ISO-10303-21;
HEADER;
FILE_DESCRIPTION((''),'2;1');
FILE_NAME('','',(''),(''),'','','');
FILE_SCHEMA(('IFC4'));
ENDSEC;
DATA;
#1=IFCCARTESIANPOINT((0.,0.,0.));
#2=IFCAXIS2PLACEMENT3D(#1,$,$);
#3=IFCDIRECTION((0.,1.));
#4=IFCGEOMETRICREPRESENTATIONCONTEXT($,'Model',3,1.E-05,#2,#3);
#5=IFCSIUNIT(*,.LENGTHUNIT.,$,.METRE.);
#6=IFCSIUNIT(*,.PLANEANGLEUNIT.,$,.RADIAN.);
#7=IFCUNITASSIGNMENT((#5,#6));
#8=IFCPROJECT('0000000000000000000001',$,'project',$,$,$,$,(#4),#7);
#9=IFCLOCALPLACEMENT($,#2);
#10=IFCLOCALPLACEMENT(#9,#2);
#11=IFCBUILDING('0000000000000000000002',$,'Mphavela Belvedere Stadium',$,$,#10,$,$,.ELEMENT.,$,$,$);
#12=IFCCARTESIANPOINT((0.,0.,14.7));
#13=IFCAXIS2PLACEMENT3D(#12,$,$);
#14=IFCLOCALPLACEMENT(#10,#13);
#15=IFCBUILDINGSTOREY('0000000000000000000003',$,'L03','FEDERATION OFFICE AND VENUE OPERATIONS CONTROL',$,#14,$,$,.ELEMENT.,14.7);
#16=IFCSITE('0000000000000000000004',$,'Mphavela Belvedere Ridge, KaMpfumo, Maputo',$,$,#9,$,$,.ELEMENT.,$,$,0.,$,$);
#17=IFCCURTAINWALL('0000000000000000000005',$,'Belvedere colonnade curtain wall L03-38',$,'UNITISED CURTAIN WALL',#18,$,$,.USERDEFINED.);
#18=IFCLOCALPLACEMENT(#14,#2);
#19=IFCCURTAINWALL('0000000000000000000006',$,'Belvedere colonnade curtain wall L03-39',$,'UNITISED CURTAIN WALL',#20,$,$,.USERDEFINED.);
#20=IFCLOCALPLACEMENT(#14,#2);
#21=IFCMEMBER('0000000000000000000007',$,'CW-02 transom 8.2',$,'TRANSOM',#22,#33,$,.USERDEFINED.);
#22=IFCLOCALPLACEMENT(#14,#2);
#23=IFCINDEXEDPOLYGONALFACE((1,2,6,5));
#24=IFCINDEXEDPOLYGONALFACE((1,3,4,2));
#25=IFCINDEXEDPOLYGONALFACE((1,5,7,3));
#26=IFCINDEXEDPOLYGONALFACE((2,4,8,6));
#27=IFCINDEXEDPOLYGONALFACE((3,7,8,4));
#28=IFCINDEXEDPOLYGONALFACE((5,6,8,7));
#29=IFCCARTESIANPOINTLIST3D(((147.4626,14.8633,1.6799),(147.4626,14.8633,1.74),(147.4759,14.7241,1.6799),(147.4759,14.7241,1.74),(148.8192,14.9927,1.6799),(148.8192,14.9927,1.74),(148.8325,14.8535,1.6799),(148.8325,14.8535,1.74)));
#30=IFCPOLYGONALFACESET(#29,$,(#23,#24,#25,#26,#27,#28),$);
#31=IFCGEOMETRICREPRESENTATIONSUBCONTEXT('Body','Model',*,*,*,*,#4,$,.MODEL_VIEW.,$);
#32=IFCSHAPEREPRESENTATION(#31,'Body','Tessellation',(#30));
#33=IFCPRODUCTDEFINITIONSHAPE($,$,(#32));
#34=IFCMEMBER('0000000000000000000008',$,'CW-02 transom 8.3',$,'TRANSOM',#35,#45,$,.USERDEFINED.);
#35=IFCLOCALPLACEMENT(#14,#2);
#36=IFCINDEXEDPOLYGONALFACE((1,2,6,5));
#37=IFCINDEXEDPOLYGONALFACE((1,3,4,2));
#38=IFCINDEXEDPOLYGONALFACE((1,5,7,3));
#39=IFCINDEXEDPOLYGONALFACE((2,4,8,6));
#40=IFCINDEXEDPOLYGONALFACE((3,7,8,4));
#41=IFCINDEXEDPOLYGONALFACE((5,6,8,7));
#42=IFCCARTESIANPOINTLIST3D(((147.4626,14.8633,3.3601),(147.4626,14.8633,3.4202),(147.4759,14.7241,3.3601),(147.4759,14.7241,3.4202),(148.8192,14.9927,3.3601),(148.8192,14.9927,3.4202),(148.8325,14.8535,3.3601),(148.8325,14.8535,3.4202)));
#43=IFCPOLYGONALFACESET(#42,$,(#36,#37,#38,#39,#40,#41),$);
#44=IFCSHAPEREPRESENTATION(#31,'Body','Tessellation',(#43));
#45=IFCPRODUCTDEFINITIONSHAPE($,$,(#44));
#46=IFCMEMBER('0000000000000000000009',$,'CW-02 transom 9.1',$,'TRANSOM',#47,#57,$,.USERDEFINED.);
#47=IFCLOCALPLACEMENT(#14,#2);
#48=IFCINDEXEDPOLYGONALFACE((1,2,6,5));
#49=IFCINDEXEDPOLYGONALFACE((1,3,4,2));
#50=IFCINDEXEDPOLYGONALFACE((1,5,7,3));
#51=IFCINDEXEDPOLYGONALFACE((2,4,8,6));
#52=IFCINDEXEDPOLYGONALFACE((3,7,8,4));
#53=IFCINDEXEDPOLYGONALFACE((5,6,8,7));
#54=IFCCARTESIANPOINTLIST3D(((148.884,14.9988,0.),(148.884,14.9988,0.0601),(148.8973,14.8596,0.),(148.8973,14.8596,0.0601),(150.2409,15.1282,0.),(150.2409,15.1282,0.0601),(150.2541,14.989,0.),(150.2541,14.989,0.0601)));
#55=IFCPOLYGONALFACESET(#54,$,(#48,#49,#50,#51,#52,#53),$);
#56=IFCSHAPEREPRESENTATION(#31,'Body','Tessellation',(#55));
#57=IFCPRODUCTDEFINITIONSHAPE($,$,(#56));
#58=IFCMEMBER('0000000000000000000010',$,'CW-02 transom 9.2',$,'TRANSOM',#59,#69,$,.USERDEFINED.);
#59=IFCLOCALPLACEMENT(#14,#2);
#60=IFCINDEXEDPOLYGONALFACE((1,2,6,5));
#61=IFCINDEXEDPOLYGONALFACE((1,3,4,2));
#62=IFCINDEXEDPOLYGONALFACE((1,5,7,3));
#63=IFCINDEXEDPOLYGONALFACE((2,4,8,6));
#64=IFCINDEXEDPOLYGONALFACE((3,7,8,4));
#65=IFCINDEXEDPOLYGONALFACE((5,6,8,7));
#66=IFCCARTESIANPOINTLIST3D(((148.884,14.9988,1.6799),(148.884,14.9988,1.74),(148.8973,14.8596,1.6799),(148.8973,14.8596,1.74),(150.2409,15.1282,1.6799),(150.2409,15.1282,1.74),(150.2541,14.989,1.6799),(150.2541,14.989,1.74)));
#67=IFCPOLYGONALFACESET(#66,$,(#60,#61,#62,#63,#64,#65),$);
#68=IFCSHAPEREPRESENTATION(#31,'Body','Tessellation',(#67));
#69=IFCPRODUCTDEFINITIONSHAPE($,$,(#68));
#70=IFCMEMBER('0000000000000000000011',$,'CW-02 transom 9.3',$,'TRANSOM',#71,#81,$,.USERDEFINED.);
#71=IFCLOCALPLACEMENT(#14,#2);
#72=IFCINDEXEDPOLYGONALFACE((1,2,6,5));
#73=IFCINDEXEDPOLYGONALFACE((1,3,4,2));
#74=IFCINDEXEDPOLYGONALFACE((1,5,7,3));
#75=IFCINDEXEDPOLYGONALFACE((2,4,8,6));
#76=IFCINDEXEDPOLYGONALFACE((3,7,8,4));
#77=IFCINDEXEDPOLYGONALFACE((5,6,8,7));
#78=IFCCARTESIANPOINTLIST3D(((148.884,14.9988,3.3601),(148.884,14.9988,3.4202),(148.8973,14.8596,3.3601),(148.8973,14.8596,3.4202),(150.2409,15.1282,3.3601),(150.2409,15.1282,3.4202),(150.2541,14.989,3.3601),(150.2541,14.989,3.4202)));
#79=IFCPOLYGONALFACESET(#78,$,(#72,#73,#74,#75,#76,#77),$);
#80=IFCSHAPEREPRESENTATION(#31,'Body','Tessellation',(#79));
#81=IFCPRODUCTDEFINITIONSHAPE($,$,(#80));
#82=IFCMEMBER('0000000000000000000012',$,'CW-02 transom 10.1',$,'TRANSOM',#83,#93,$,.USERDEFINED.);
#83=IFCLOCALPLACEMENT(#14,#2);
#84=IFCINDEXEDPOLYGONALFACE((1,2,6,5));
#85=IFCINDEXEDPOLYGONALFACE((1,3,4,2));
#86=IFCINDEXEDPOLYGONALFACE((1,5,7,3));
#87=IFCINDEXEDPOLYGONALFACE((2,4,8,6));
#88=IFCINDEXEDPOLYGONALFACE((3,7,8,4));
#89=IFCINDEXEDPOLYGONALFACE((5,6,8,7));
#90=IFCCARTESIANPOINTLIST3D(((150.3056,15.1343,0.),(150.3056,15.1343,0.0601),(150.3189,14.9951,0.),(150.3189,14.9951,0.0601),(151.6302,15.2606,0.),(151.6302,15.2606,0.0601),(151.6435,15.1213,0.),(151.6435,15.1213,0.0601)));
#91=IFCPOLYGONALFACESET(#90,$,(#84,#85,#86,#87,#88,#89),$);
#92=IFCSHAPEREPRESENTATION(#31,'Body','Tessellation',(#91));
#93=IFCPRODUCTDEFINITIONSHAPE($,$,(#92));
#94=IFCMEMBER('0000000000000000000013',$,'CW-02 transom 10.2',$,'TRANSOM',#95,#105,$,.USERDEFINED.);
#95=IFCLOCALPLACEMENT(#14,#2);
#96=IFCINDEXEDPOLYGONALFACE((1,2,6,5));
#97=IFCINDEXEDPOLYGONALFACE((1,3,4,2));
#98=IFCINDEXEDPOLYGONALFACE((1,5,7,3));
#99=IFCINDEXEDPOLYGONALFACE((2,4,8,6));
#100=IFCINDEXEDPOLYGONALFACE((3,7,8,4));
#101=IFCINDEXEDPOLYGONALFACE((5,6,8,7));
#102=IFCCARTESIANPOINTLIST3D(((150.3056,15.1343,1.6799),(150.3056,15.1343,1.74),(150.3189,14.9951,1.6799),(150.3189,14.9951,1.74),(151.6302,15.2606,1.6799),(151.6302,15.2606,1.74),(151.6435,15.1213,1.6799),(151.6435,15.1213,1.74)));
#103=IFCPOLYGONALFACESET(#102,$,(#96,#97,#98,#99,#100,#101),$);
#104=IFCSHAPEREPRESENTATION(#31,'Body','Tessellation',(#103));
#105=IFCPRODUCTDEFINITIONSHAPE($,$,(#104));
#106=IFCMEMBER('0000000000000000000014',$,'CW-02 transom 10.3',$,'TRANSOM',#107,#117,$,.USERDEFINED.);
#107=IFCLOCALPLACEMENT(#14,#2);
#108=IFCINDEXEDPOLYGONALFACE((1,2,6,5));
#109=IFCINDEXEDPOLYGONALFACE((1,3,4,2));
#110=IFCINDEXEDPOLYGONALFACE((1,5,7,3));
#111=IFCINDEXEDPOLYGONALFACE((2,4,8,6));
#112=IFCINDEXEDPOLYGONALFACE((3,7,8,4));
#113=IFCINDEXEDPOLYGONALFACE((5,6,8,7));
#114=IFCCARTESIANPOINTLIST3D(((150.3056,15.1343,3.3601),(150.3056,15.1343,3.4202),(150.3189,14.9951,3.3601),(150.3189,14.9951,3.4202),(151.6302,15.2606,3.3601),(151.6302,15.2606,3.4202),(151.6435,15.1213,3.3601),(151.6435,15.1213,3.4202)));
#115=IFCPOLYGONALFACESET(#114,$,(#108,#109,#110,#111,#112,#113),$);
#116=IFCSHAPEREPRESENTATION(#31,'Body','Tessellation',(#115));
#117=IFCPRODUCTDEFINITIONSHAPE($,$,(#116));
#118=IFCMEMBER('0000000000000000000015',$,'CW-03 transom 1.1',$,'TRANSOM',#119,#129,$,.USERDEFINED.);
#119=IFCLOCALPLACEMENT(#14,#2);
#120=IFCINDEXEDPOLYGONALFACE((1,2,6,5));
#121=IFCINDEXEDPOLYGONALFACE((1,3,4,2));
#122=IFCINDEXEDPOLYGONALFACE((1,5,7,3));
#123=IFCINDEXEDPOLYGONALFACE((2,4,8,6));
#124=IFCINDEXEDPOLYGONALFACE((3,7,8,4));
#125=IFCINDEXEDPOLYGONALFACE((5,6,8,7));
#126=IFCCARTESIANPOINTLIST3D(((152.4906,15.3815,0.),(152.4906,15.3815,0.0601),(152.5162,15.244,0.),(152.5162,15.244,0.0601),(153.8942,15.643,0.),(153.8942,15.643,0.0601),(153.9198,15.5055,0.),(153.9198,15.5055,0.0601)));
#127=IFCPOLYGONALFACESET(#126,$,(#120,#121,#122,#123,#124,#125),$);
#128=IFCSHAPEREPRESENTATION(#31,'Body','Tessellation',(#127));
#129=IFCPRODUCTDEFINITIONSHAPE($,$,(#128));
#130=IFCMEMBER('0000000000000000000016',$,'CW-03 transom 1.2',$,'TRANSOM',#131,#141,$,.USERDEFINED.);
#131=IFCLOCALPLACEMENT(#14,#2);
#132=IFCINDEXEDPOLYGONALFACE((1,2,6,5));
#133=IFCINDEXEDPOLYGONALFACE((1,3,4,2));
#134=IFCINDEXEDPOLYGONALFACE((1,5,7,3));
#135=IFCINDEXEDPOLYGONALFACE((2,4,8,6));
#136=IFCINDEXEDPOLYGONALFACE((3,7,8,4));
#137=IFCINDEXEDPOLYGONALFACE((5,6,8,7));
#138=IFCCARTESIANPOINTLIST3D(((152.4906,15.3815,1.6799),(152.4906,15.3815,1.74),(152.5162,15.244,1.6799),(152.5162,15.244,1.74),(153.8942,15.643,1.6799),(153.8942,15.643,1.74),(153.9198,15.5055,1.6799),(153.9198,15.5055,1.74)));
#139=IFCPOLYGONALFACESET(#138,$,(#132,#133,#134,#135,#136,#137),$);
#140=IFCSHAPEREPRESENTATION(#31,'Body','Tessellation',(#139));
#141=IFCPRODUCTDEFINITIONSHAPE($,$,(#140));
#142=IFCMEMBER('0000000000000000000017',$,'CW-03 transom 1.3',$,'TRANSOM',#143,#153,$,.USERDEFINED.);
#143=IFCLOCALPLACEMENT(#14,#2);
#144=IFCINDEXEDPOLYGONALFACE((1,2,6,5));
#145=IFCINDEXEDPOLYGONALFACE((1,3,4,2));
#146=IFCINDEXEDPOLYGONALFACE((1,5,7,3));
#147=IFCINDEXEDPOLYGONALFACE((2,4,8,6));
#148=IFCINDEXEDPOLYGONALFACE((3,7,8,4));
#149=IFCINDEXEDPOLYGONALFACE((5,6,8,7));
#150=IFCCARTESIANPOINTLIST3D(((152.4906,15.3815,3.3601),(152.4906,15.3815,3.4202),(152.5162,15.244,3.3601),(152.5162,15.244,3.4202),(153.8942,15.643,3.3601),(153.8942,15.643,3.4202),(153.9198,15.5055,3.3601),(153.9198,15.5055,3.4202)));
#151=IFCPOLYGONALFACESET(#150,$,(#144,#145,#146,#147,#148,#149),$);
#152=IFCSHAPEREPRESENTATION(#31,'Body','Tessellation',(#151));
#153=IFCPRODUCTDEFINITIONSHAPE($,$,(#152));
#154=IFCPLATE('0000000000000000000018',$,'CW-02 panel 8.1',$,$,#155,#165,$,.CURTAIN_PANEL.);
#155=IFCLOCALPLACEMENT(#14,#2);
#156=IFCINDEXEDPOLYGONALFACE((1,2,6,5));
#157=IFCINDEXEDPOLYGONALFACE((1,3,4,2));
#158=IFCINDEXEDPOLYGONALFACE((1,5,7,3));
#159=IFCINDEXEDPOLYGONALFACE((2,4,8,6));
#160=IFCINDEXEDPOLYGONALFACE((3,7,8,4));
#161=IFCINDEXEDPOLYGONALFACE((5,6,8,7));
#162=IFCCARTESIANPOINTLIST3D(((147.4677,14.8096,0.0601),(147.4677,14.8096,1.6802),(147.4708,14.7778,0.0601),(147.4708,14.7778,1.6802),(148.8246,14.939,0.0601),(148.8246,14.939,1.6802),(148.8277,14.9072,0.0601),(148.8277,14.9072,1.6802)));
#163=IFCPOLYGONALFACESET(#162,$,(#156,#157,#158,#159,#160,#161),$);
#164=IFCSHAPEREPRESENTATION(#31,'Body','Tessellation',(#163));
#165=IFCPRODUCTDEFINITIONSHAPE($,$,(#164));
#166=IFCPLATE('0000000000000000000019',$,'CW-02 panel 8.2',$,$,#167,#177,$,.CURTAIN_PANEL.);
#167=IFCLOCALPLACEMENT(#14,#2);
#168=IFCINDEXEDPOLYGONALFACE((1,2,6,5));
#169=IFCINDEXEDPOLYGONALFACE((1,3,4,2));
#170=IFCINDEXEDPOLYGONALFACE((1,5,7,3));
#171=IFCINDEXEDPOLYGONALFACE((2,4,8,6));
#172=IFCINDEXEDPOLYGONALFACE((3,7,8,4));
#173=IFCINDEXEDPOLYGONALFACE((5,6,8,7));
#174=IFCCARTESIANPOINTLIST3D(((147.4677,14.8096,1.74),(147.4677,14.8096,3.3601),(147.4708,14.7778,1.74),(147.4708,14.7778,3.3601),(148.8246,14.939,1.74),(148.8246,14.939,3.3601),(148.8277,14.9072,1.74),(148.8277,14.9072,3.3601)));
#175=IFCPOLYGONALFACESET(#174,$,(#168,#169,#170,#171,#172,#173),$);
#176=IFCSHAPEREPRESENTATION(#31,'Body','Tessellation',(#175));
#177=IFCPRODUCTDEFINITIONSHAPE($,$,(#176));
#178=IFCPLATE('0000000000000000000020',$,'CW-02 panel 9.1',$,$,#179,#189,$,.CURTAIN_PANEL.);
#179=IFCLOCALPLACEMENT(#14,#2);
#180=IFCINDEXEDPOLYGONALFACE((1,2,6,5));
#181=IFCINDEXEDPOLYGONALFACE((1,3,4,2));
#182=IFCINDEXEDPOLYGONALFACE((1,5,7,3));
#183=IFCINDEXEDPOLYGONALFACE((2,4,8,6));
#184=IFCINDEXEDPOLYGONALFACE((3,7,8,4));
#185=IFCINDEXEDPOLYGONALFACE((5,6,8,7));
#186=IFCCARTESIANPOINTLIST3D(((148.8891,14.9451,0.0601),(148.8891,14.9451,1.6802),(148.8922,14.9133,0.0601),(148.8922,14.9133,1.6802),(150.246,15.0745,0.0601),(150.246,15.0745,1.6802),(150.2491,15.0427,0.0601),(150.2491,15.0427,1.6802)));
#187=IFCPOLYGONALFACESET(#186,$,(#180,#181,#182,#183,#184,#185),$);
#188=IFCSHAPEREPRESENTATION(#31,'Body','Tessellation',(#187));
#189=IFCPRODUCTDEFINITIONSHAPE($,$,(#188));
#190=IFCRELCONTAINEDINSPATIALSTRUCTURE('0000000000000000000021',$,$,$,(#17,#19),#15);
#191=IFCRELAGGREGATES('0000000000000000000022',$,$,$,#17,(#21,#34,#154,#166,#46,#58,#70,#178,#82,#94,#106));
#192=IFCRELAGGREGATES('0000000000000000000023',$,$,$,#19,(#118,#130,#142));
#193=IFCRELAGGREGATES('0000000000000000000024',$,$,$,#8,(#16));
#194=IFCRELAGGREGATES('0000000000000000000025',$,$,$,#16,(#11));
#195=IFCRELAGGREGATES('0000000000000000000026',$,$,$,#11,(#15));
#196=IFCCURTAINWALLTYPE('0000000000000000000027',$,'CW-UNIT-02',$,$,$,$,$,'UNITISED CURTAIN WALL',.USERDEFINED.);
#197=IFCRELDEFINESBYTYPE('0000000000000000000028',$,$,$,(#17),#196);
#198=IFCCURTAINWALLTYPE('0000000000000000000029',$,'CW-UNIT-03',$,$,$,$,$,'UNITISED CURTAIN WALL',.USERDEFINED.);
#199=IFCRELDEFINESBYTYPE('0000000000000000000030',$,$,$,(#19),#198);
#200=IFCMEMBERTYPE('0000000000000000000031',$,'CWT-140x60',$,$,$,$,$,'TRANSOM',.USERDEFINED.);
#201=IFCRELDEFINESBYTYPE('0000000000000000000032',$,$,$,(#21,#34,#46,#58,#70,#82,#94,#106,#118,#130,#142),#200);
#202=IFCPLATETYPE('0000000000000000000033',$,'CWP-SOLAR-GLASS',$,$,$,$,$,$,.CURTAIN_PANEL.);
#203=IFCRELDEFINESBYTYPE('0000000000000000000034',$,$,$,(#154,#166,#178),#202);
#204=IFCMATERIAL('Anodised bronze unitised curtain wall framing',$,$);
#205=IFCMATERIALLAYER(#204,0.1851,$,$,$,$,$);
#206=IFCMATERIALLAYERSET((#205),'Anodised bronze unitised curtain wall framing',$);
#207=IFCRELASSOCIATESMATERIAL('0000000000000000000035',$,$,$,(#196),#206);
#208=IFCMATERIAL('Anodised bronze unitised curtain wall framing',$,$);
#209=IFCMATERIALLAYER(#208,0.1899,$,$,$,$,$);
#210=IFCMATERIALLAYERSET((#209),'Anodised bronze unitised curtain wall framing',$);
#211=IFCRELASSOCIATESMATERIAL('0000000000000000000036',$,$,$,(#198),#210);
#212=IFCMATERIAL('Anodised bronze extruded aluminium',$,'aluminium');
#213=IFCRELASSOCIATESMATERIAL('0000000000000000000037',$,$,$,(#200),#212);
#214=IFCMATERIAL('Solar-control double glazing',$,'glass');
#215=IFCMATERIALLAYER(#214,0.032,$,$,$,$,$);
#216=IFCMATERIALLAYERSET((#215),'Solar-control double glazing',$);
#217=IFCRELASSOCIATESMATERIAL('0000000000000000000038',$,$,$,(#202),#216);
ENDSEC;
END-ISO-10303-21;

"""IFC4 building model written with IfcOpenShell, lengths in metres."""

from ifc_helpers import new_model, si_unit, direction, frame, origin, origin_2d, place, context, subcontext, project, spatial, rectangle, extrude, material, layer, layer_set, material_profile, profile_set, type_object, element, aggregate, save


model = new_model("IFC4")

# Units and contexts
model_context = context("Model", 3, precision=1e-05, world=origin(), true_north=direction((0.0, 1.0)))
body_context = subcontext(model_context, "Body", "Model", "MODEL_VIEW")
ifc_project = project(units=[si_unit("LENGTHUNIT", "METRE"), si_unit("PLANEANGLEUNIT", "RADIAN")], contexts=[model_context])

# Site, building, storey
site_placement = place(None, origin())
site = spatial("IfcSite", under=ifc_project, at=site_placement, Name="Mphavela Belvedere Ridge, KaMpfumo, Maputo", CompositionType="ELEMENT", RefElevation=0.0)
building_placement = place(site_placement, origin())
building = spatial("IfcBuilding", under=site, at=building_placement, Name="Mphavela Belvedere Stadium", CompositionType="ELEMENT")
storey_placement = place(building_placement, frame((0.0, 0.0, 14.7)))
storey = spatial("IfcBuildingStorey", under=building, at=storey_placement, Name="L03", Description="FEDERATION OFFICE AND VENUE OPERATIONS CONTROL", CompositionType="ELEMENT", Elevation=14.7)

# Curtain walls
ifc_material_1 = material(Name="Anodised bronze unitised curtain wall framing")
ifc_layer_1 = layer(ifc_material_1, 0.1851)
ifc_layer_set_1 = layer_set([ifc_layer_1], Name="Anodised bronze unitised curtain wall framing")
curtain_wall_type_1 = type_object("IfcCurtainWallType", Name="CW-UNIT-02", ElementType="UNITISED CURTAIN WALL", PredefinedType="USERDEFINED", material=ifc_layer_set_1)
curtain_wall_1_placement = place(storey_placement, origin())
curtain_wall_1 = element("IfcCurtainWall", 1, at=curtain_wall_1_placement, inside=storey, type_object=curtain_wall_type_1, Name="Belvedere colonnade curtain wall L03-38", ObjectType="UNITISED CURTAIN WALL", PredefinedType="USERDEFINED")
ifc_material_2 = material(Name="Anodised bronze unitised curtain wall framing")
ifc_layer_2 = layer(ifc_material_2, 0.1899)
ifc_layer_set_2 = layer_set([ifc_layer_2], Name="Anodised bronze unitised curtain wall framing")
curtain_wall_type_2 = type_object("IfcCurtainWallType", Name="CW-UNIT-03", ElementType="UNITISED CURTAIN WALL", PredefinedType="USERDEFINED", material=ifc_layer_set_2)
curtain_wall_2_placement = place(storey_placement, origin())
curtain_wall_2 = element("IfcCurtainWall", 2, at=curtain_wall_2_placement, inside=storey, type_object=curtain_wall_type_2, Name="Belvedere colonnade curtain wall L03-39", ObjectType="UNITISED CURTAIN WALL", PredefinedType="USERDEFINED")

# Members
ifc_material_3 = material(Name="Anodised bronze extruded aluminium", Category="aluminium")
ifc_material_profile_1 = material_profile(ifc_material_3, rectangle(XDim=0.1399, YDim=0.0601, at=origin_2d()), Name="CW-TRN 140x60")
ifc_profile_set_1 = profile_set([ifc_material_profile_1], Name="Anodised bronze extruded aluminium")
member_type_1 = type_object("IfcMemberType", Name="CWT-140x60", ElementType="TRANSOM", PredefinedType="USERDEFINED", material=ifc_profile_set_1)
member_1_placement = place(storey_placement, frame((147.4692, 14.7937, 1.71), z_axis=(0.995483, 0.094944, 0.0), x_axis=(-0.094944, 0.995483, 0.0)))
member_1 = element("IfcMember", 3, at=member_1_placement, type_object=member_type_1, Name="CW-02 transom 8.2", ObjectType="TRANSOM", PredefinedType="USERDEFINED", context=body_context, shape_type="SweptSolid", body=[
    extrude(rectangle(XDim=0.1399, YDim=0.0601, at=origin_2d()), origin(), (0.0, 0.0, 1.0), 1.3628),
])
member_2_placement = place(storey_placement, frame((147.4692, 14.7937, 3.3901), z_axis=(0.995483, 0.094944, 0.0), x_axis=(-0.094944, 0.995483, 0.0)))
member_2 = element("IfcMember", 4, at=member_2_placement, type_object=member_type_1, Name="CW-02 transom 8.3", ObjectType="TRANSOM", PredefinedType="USERDEFINED", context=body_context, shape_type="SweptSolid", body=[
    extrude(rectangle(XDim=0.1399, YDim=0.0601, at=origin_2d()), origin(), (0.0, 0.0, 1.0), 1.3628),
])
member_3_placement = place(storey_placement, frame((148.8906, 14.9292, 0.03), z_axis=(0.995484, 0.094927, 0.0), x_axis=(-0.094927, 0.995484, 0.0)))
member_3 = element("IfcMember", 5, at=member_3_placement, type_object=member_type_1, Name="CW-02 transom 9.1", ObjectType="TRANSOM", PredefinedType="USERDEFINED", context=body_context, shape_type="SweptSolid", body=[
    extrude(rectangle(XDim=0.1399, YDim=0.0601, at=origin_2d()), origin(), (0.0, 0.0, 1.0), 1.363),
])
member_4_placement = place(storey_placement, frame((148.8906, 14.9292, 1.71), z_axis=(0.995484, 0.094927, 0.0), x_axis=(-0.094927, 0.995484, 0.0)))
member_4 = element("IfcMember", 6, at=member_4_placement, type_object=member_type_1, Name="CW-02 transom 9.2", ObjectType="TRANSOM", PredefinedType="USERDEFINED", context=body_context, shape_type="SweptSolid", body=[
    extrude(rectangle(XDim=0.1399, YDim=0.0601, at=origin_2d()), origin(), (0.0, 0.0, 1.0), 1.363),
])
member_5_placement = place(storey_placement, frame((148.8906, 14.9292, 3.3901), z_axis=(0.995484, 0.094927, 0.0), x_axis=(-0.094927, 0.995484, 0.0)))
member_5 = element("IfcMember", 7, at=member_5_placement, type_object=member_type_1, Name="CW-02 transom 9.3", ObjectType="TRANSOM", PredefinedType="USERDEFINED", context=body_context, shape_type="SweptSolid", body=[
    extrude(rectangle(XDim=0.1399, YDim=0.0601, at=origin_2d()), origin(), (0.0, 0.0, 1.0), 1.363),
])
member_6_placement = place(storey_placement, frame((150.3123, 15.0647, 0.03), z_axis=(0.99549, 0.09487, 0.0), x_axis=(-0.09487, 0.99549, 0.0)))
member_6 = element("IfcMember", 8, at=member_6_placement, type_object=member_type_1, Name="CW-02 transom 10.1", ObjectType="TRANSOM", PredefinedType="USERDEFINED", context=body_context, shape_type="SweptSolid", body=[
    extrude(rectangle(XDim=0.1399, YDim=0.0601, at=origin_2d()), origin(), (0.0, 0.0, 1.0), 1.3306),
])
member_7_placement = place(storey_placement, frame((150.3123, 15.0647, 1.71), z_axis=(0.99549, 0.09487, 0.0), x_axis=(-0.09487, 0.99549, 0.0)))
member_7 = element("IfcMember", 9, at=member_7_placement, type_object=member_type_1, Name="CW-02 transom 10.2", ObjectType="TRANSOM", PredefinedType="USERDEFINED", context=body_context, shape_type="SweptSolid", body=[
    extrude(rectangle(XDim=0.1399, YDim=0.0601, at=origin_2d()), origin(), (0.0, 0.0, 1.0), 1.3306),
])
member_8_placement = place(storey_placement, frame((150.3123, 15.0647, 3.3901), z_axis=(0.99549, 0.09487, 0.0), x_axis=(-0.09487, 0.99549, 0.0)))
member_8 = element("IfcMember", 10, at=member_8_placement, type_object=member_type_1, Name="CW-02 transom 10.3", ObjectType="TRANSOM", PredefinedType="USERDEFINED", context=body_context, shape_type="SweptSolid", body=[
    extrude(rectangle(XDim=0.1399, YDim=0.0601, at=origin_2d()), origin(), (0.0, 0.0, 1.0), 1.3306),
])
member_9_placement = place(storey_placement, frame((152.5034, 15.3127, 0.03), z_axis=(0.983086, 0.183142, 0.0), x_axis=(-0.183142, 0.983086, 0.0)))
member_9 = element("IfcMember", 11, at=member_9_placement, type_object=member_type_1, Name="CW-03 transom 1.1", ObjectType="TRANSOM", PredefinedType="USERDEFINED", context=body_context, shape_type="SweptSolid", body=[
    extrude(rectangle(XDim=0.1399, YDim=0.0601, at=origin_2d()), origin(), (0.0, 0.0, 1.0), 1.4277),
])
member_10_placement = place(storey_placement, frame((152.5034, 15.3127, 1.71), z_axis=(0.983086, 0.183142, 0.0), x_axis=(-0.183142, 0.983086, 0.0)))
member_10 = element("IfcMember", 12, at=member_10_placement, type_object=member_type_1, Name="CW-03 transom 1.2", ObjectType="TRANSOM", PredefinedType="USERDEFINED", context=body_context, shape_type="SweptSolid", body=[
    extrude(rectangle(XDim=0.1399, YDim=0.0601, at=origin_2d()), origin(), (0.0, 0.0, 1.0), 1.4277),
])
member_11_placement = place(storey_placement, frame((152.5034, 15.3127, 3.3901), z_axis=(0.983086, 0.183142, 0.0), x_axis=(-0.183142, 0.983086, 0.0)))
member_11 = element("IfcMember", 13, at=member_11_placement, type_object=member_type_1, Name="CW-03 transom 1.3", ObjectType="TRANSOM", PredefinedType="USERDEFINED", context=body_context, shape_type="SweptSolid", body=[
    extrude(rectangle(XDim=0.1399, YDim=0.0601, at=origin_2d()), origin(), (0.0, 0.0, 1.0), 1.4277),
])

# Plates
ifc_material_4 = material(Name="Solar-control double glazing", Category="glass")
ifc_layer_3 = layer(ifc_material_4, 0.032)
ifc_layer_set_3 = layer_set([ifc_layer_3], Name="Solar-control double glazing")
plate_type = type_object("IfcPlateType", Name="CWP-SOLAR-GLASS", PredefinedType="CURTAIN_PANEL", material=ifc_layer_set_3)
plate_1_placement = place(storey_placement, frame((148.1477, 14.8584, 0.0601), z_axis=(0.0, 0.0, 1.0), x_axis=(0.995484, 0.094929, 0.0)))
plate_1 = element("IfcPlate", 14, at=plate_1_placement, type_object=plate_type, Name="CW-02 panel 8.1", PredefinedType="CURTAIN_PANEL", context=body_context, shape_type="SweptSolid", body=[
    extrude(rectangle(XDim=1.363, YDim=0.032, at=origin_2d()), origin(), (0.0, 0.0, 1.0), 1.6201),
])
plate_2_placement = place(storey_placement, frame((148.1477, 14.8584, 1.74), z_axis=(0.0, 0.0, 1.0), x_axis=(0.995484, 0.094929, 0.0)))
plate_2 = element("IfcPlate", 15, at=plate_2_placement, type_object=plate_type, Name="CW-02 panel 8.2", PredefinedType="CURTAIN_PANEL", context=body_context, shape_type="SweptSolid", body=[
    extrude(rectangle(XDim=1.363, YDim=0.032, at=origin_2d()), origin(), (0.0, 0.0, 1.0), 1.6201),
])
plate_3_placement = place(storey_placement, frame((149.5691, 14.9939, 0.0601), z_axis=(0.0, 0.0, 1.0), x_axis=(0.995484, 0.094929, 0.0)))
plate_3 = element("IfcPlate", 16, at=plate_3_placement, type_object=plate_type, Name="CW-02 panel 9.1", PredefinedType="CURTAIN_PANEL", context=body_context, shape_type="SweptSolid", body=[
    extrude(rectangle(XDim=1.363, YDim=0.032, at=origin_2d()), origin(), (0.0, 0.0, 1.0), 1.6201),
])
aggregate(curtain_wall_1, [member_1, member_2, plate_1, plate_2, member_3, member_4, member_5, plate_3, member_6, member_7, member_8])
aggregate(curtain_wall_2, [member_9, member_10, member_11])

save(model, "model.ifc")
